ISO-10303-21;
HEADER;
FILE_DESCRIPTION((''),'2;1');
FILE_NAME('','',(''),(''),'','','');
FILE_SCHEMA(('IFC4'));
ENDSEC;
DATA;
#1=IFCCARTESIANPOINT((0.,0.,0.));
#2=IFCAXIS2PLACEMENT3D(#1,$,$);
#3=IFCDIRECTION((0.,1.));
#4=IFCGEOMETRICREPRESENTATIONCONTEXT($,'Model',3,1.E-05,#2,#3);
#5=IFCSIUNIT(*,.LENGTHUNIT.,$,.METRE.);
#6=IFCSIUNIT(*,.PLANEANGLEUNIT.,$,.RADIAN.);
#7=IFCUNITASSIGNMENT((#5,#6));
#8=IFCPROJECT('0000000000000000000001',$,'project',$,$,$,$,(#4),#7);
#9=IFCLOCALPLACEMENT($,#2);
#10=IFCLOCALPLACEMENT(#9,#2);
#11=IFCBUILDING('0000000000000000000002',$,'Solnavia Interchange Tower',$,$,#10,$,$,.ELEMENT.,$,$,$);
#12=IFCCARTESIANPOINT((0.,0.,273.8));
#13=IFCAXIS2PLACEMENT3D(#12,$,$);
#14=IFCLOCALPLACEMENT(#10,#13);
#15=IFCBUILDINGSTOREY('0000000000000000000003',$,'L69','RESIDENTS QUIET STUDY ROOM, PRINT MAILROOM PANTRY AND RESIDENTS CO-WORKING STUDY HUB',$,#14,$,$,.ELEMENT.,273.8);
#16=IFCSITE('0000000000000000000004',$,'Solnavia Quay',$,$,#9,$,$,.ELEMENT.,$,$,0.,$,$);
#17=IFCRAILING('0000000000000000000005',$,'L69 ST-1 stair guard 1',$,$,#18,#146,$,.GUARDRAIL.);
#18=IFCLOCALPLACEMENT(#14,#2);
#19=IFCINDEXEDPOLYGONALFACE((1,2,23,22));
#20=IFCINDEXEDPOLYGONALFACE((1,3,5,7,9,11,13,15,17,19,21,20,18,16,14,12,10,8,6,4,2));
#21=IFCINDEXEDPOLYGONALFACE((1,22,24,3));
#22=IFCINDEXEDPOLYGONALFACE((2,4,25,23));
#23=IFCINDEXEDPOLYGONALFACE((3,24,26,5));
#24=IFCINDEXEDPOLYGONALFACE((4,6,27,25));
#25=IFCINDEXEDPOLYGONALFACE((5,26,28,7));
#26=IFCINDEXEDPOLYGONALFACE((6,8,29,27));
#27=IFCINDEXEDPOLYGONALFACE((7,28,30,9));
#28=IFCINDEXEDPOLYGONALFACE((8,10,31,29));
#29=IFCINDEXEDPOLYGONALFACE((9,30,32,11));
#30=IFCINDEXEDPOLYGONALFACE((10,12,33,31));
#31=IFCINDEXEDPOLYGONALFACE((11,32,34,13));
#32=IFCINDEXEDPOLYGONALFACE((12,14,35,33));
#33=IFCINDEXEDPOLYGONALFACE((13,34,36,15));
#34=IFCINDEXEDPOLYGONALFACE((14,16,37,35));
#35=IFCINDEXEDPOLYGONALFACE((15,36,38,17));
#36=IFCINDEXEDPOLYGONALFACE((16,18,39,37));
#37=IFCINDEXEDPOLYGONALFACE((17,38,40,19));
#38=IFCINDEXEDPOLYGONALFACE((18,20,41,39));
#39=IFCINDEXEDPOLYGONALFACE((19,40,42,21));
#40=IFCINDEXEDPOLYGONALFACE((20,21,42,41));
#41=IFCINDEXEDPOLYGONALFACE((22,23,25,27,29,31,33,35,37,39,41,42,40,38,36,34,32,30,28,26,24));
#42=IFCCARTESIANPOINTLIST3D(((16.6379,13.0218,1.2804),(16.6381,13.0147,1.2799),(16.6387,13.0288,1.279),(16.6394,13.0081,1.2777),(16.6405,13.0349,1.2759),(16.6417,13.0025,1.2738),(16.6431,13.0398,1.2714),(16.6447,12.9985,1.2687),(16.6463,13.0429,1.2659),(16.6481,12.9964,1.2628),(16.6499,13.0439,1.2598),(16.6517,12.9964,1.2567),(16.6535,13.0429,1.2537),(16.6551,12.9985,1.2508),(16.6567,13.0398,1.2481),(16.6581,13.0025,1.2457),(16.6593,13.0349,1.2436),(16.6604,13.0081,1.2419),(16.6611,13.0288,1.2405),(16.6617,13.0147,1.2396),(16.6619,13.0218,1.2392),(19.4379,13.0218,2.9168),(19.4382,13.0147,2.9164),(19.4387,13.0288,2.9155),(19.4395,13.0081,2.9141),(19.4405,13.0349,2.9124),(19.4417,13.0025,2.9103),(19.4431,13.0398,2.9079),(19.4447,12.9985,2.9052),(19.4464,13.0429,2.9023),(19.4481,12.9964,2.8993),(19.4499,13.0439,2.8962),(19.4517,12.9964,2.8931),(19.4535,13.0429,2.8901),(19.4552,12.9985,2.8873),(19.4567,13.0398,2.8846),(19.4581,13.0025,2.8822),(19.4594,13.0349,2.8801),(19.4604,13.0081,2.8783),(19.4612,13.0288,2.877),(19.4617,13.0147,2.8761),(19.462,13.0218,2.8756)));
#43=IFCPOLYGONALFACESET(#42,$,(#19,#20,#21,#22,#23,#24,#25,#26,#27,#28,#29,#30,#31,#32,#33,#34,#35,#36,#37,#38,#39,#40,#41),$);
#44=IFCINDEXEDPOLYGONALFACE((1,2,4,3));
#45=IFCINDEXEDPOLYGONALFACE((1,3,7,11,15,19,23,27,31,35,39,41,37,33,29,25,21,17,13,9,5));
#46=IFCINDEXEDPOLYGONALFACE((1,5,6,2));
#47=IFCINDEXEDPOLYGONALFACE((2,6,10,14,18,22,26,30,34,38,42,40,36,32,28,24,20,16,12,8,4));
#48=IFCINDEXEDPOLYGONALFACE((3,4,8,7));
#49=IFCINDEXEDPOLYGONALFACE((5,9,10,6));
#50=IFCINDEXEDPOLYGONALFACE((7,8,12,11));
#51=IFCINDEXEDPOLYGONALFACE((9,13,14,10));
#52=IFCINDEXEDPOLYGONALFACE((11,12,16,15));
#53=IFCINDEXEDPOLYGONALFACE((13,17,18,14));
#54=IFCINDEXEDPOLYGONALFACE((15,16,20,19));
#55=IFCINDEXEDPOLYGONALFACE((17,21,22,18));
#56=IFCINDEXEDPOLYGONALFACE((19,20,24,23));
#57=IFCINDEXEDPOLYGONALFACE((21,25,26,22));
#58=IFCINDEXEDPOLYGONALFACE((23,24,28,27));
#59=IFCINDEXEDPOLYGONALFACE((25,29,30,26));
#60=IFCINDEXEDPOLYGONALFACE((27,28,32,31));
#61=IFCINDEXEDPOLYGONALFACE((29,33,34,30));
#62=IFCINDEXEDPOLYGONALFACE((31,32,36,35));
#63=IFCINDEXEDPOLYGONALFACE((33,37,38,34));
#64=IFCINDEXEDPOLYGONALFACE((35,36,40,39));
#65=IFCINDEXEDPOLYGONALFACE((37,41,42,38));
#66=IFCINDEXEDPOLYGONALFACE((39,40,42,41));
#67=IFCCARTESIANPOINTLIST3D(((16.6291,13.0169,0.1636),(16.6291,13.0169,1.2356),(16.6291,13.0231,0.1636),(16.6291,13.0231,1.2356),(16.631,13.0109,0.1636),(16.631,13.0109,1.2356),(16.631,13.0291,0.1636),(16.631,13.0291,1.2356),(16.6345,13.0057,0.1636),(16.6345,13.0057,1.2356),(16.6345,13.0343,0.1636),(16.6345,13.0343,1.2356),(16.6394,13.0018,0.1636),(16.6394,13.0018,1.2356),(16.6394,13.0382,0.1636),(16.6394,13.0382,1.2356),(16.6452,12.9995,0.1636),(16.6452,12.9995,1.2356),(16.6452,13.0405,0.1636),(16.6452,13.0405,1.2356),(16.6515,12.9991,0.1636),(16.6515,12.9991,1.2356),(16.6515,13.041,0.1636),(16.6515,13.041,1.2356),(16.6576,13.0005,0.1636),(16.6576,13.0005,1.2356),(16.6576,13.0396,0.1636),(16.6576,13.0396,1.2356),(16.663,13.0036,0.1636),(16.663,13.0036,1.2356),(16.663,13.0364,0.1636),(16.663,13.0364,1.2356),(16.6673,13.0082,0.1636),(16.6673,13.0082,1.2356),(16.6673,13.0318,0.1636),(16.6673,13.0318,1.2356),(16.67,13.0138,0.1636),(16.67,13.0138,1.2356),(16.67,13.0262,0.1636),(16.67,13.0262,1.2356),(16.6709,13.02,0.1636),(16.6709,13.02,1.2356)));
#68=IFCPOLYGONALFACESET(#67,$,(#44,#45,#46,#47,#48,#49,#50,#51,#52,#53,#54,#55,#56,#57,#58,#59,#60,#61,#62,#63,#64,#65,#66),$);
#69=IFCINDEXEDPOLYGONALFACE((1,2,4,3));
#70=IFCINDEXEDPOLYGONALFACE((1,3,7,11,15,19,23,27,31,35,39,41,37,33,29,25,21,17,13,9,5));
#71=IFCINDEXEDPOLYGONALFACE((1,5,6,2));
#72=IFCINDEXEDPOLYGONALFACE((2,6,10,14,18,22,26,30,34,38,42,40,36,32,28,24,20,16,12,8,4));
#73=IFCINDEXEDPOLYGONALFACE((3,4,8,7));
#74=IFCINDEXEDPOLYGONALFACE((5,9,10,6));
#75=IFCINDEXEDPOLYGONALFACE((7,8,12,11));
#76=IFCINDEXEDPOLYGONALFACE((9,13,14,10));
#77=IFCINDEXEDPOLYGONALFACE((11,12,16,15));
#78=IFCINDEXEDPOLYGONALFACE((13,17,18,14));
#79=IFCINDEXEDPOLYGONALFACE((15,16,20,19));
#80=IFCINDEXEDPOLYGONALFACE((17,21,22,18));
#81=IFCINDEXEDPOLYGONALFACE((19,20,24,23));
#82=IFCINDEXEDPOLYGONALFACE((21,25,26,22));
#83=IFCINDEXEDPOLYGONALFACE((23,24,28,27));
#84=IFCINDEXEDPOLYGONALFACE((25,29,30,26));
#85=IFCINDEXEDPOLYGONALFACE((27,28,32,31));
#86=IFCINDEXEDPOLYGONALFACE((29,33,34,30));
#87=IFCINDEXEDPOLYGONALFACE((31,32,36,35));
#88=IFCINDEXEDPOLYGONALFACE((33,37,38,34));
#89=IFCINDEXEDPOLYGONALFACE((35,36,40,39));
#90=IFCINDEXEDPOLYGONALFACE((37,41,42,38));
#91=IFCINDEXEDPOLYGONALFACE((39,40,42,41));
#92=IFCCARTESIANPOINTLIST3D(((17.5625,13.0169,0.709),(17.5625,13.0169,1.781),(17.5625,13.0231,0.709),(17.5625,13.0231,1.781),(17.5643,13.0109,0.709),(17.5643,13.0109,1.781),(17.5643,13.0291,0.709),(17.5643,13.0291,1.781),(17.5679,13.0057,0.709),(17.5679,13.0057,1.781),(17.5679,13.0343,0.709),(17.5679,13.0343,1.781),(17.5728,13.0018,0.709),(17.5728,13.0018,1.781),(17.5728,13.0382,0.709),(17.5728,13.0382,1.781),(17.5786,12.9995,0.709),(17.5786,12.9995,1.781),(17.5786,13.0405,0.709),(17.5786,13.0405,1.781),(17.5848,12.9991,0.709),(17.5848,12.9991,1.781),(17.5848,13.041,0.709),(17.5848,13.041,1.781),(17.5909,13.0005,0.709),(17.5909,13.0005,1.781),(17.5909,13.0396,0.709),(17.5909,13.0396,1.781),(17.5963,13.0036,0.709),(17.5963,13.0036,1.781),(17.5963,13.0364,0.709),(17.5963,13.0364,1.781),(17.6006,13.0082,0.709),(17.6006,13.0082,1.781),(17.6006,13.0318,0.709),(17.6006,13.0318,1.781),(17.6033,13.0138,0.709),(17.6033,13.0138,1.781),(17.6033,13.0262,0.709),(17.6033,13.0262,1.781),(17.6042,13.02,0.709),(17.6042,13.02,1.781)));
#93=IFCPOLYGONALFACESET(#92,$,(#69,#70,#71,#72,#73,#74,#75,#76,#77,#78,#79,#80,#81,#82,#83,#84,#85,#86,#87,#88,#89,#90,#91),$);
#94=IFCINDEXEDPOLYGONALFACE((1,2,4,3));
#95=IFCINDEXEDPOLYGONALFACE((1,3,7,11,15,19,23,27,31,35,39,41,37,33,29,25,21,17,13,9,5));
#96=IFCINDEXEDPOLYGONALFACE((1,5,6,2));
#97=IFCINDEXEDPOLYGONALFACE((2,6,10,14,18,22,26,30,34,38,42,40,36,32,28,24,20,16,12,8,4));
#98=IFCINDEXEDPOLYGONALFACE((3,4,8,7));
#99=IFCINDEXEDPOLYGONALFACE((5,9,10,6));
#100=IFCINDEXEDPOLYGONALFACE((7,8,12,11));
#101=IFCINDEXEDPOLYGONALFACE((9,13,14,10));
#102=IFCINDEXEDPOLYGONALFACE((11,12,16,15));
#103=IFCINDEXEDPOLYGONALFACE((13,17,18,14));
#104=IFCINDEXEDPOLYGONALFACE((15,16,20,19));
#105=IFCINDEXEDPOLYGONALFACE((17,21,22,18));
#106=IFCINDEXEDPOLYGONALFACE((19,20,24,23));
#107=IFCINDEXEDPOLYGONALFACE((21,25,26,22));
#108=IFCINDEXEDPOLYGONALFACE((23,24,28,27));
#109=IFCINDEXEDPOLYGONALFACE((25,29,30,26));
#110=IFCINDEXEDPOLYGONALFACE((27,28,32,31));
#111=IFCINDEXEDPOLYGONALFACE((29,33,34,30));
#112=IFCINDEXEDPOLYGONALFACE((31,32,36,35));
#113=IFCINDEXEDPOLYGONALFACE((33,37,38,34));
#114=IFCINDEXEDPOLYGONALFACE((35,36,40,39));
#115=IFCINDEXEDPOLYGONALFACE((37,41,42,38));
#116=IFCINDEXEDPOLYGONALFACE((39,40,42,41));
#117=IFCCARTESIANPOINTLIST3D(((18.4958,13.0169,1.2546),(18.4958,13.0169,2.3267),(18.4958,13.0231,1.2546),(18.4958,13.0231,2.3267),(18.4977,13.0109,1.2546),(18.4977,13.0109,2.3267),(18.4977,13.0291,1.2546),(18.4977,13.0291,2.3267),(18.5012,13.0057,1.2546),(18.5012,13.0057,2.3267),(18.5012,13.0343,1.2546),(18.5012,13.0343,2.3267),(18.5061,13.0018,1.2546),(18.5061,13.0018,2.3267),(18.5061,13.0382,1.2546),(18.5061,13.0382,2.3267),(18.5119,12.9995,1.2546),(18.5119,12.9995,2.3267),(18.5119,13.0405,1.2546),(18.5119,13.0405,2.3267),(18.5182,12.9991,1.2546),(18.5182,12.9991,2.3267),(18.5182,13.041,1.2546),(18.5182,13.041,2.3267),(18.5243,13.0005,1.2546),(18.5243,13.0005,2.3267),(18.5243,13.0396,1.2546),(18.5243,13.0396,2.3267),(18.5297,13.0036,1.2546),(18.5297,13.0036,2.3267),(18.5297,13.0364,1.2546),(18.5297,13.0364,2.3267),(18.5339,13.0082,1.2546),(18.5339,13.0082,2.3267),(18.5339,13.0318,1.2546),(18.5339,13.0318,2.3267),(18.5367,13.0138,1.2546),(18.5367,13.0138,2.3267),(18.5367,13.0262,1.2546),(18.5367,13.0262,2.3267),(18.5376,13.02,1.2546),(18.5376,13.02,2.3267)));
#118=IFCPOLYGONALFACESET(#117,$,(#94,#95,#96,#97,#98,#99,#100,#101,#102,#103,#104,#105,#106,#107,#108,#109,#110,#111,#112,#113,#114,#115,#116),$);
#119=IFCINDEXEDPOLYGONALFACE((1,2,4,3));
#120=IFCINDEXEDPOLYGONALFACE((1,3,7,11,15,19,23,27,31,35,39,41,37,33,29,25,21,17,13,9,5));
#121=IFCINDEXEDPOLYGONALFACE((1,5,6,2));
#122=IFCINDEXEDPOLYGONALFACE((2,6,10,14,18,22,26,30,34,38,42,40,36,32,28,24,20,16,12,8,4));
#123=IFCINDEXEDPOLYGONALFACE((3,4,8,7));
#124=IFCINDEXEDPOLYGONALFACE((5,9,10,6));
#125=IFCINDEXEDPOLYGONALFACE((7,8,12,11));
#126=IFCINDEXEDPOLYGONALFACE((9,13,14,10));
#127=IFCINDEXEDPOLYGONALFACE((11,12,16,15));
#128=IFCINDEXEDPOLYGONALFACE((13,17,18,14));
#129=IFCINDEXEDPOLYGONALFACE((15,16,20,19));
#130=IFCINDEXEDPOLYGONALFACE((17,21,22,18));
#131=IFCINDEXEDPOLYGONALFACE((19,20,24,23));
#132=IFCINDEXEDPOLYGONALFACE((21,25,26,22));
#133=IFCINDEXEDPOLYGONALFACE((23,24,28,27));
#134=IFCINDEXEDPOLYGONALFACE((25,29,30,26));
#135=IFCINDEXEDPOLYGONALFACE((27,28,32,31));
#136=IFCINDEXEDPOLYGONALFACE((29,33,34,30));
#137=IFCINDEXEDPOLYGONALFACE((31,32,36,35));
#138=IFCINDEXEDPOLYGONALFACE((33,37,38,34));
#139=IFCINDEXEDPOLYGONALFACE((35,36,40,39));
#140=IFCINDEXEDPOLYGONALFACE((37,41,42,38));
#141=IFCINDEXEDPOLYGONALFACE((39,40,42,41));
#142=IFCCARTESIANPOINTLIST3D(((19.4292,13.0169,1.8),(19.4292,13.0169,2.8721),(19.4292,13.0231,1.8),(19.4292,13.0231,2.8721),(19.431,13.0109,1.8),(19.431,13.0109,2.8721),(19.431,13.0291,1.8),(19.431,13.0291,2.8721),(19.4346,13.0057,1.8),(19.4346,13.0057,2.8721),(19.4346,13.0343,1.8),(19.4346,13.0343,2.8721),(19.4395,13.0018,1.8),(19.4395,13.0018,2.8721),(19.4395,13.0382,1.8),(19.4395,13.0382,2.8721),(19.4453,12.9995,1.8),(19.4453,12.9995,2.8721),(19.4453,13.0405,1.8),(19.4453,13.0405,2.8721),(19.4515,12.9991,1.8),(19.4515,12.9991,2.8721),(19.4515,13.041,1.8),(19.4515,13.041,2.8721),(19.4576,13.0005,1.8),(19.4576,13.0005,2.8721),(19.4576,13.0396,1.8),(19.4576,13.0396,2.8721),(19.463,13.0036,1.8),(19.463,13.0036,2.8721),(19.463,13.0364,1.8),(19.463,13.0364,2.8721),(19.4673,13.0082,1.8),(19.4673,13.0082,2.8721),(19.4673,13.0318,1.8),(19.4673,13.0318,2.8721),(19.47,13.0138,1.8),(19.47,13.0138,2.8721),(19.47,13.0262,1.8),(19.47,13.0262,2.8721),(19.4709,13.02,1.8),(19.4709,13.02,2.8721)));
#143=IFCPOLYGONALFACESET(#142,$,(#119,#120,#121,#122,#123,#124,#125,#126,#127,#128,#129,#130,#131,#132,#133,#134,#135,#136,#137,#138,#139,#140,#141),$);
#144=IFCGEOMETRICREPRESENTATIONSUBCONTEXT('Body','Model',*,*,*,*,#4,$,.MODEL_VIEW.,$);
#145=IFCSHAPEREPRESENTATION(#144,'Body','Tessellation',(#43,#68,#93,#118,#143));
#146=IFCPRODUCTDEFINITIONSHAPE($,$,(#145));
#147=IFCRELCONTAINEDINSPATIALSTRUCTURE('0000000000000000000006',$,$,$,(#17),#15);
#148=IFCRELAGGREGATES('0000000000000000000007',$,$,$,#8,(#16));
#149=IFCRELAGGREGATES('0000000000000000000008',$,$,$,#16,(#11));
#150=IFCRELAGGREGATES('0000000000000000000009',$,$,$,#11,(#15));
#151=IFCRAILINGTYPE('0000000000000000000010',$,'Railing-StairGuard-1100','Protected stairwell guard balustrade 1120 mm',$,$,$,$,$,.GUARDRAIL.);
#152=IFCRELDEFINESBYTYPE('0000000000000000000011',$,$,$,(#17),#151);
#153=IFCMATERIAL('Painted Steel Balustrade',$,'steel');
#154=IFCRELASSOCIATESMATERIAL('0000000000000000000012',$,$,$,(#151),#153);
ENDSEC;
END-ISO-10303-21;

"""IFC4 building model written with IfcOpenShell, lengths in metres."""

from ifc_helpers import new_model, si_unit, direction, frame, origin, origin_2d, place, context, subcontext, project, spatial, circle, extrude, material, type_object, element, save


model = new_model("IFC4")

# Units and contexts
model_context = context("Model", 3, precision=1e-05, world=origin(), true_north=direction((0.0, 1.0)))
body_context = subcontext(model_context, "Body", "Model", "MODEL_VIEW")
ifc_project = project(units=[si_unit("LENGTHUNIT", "METRE"), si_unit("PLANEANGLEUNIT", "RADIAN")], contexts=[model_context])

# Site, building, storey
site_placement = place(None, origin())
site = spatial("IfcSite", under=ifc_project, at=site_placement, Name="Solnavia Quay", CompositionType="ELEMENT", RefElevation=0.0)
building_placement = place(site_placement, origin())
building = spatial("IfcBuilding", under=site, at=building_placement, Name="Solnavia Interchange Tower", CompositionType="ELEMENT")
storey_placement = place(building_placement, frame((0.0, 0.0, 273.8)))
storey = spatial("IfcBuildingStorey", under=building, at=storey_placement, Name="L69", Description="RESIDENTS QUIET STUDY ROOM, PRINT MAILROOM PANTRY AND RESIDENTS CO-WORKING STUDY HUB", CompositionType="ELEMENT", Elevation=273.8)

# Railing
ifc_material_1 = material(Name="Painted Steel Balustrade", Category="steel")
railing_type_1 = type_object("IfcRailingType", Name="Railing-StairGuard-1100", Description="Protected stairwell guard balustrade 1120 mm", PredefinedType="GUARDRAIL", material=ifc_material_1)
railing_1_placement = place(storey_placement, frame((16.6499, 13.02, 0.1636)))
element("IfcRailing", 1, at=railing_1_placement, inside=storey, type_object=railing_type_1, Name="L69 ST-1 stair guard 1", PredefinedType="GUARDRAIL", context=body_context, shape_type="SweptSolid", body=[
    extrude(circle(Radius=0.0239, at=origin_2d()), frame((0.0, 0.0, 1.0962), z_axis=(0.863361, 0.0, 0.504587), x_axis=(0.0, 1.0, 0.0)), (0.0, 0.0, 1.0), 3.2432),
    extrude(circle(Radius=0.021, at=origin_2d()), origin(), (0.0, 0.0, 1.0), 1.072),
    extrude(circle(Radius=0.021, at=origin_2d()), frame((0.9333, 0.0, 0.5454)), (0.0, 0.0, 1.0), 1.072),
    extrude(circle(Radius=0.021, at=origin_2d()), frame((1.8667, 0.0, 1.0911)), (0.0, 0.0, 1.0), 1.072),
    extrude(circle(Radius=0.021, at=origin_2d()), frame((2.8, 0.0, 1.6365)), (0.0, 0.0, 1.0), 1.072),
])

save(model, "model.ifc")
